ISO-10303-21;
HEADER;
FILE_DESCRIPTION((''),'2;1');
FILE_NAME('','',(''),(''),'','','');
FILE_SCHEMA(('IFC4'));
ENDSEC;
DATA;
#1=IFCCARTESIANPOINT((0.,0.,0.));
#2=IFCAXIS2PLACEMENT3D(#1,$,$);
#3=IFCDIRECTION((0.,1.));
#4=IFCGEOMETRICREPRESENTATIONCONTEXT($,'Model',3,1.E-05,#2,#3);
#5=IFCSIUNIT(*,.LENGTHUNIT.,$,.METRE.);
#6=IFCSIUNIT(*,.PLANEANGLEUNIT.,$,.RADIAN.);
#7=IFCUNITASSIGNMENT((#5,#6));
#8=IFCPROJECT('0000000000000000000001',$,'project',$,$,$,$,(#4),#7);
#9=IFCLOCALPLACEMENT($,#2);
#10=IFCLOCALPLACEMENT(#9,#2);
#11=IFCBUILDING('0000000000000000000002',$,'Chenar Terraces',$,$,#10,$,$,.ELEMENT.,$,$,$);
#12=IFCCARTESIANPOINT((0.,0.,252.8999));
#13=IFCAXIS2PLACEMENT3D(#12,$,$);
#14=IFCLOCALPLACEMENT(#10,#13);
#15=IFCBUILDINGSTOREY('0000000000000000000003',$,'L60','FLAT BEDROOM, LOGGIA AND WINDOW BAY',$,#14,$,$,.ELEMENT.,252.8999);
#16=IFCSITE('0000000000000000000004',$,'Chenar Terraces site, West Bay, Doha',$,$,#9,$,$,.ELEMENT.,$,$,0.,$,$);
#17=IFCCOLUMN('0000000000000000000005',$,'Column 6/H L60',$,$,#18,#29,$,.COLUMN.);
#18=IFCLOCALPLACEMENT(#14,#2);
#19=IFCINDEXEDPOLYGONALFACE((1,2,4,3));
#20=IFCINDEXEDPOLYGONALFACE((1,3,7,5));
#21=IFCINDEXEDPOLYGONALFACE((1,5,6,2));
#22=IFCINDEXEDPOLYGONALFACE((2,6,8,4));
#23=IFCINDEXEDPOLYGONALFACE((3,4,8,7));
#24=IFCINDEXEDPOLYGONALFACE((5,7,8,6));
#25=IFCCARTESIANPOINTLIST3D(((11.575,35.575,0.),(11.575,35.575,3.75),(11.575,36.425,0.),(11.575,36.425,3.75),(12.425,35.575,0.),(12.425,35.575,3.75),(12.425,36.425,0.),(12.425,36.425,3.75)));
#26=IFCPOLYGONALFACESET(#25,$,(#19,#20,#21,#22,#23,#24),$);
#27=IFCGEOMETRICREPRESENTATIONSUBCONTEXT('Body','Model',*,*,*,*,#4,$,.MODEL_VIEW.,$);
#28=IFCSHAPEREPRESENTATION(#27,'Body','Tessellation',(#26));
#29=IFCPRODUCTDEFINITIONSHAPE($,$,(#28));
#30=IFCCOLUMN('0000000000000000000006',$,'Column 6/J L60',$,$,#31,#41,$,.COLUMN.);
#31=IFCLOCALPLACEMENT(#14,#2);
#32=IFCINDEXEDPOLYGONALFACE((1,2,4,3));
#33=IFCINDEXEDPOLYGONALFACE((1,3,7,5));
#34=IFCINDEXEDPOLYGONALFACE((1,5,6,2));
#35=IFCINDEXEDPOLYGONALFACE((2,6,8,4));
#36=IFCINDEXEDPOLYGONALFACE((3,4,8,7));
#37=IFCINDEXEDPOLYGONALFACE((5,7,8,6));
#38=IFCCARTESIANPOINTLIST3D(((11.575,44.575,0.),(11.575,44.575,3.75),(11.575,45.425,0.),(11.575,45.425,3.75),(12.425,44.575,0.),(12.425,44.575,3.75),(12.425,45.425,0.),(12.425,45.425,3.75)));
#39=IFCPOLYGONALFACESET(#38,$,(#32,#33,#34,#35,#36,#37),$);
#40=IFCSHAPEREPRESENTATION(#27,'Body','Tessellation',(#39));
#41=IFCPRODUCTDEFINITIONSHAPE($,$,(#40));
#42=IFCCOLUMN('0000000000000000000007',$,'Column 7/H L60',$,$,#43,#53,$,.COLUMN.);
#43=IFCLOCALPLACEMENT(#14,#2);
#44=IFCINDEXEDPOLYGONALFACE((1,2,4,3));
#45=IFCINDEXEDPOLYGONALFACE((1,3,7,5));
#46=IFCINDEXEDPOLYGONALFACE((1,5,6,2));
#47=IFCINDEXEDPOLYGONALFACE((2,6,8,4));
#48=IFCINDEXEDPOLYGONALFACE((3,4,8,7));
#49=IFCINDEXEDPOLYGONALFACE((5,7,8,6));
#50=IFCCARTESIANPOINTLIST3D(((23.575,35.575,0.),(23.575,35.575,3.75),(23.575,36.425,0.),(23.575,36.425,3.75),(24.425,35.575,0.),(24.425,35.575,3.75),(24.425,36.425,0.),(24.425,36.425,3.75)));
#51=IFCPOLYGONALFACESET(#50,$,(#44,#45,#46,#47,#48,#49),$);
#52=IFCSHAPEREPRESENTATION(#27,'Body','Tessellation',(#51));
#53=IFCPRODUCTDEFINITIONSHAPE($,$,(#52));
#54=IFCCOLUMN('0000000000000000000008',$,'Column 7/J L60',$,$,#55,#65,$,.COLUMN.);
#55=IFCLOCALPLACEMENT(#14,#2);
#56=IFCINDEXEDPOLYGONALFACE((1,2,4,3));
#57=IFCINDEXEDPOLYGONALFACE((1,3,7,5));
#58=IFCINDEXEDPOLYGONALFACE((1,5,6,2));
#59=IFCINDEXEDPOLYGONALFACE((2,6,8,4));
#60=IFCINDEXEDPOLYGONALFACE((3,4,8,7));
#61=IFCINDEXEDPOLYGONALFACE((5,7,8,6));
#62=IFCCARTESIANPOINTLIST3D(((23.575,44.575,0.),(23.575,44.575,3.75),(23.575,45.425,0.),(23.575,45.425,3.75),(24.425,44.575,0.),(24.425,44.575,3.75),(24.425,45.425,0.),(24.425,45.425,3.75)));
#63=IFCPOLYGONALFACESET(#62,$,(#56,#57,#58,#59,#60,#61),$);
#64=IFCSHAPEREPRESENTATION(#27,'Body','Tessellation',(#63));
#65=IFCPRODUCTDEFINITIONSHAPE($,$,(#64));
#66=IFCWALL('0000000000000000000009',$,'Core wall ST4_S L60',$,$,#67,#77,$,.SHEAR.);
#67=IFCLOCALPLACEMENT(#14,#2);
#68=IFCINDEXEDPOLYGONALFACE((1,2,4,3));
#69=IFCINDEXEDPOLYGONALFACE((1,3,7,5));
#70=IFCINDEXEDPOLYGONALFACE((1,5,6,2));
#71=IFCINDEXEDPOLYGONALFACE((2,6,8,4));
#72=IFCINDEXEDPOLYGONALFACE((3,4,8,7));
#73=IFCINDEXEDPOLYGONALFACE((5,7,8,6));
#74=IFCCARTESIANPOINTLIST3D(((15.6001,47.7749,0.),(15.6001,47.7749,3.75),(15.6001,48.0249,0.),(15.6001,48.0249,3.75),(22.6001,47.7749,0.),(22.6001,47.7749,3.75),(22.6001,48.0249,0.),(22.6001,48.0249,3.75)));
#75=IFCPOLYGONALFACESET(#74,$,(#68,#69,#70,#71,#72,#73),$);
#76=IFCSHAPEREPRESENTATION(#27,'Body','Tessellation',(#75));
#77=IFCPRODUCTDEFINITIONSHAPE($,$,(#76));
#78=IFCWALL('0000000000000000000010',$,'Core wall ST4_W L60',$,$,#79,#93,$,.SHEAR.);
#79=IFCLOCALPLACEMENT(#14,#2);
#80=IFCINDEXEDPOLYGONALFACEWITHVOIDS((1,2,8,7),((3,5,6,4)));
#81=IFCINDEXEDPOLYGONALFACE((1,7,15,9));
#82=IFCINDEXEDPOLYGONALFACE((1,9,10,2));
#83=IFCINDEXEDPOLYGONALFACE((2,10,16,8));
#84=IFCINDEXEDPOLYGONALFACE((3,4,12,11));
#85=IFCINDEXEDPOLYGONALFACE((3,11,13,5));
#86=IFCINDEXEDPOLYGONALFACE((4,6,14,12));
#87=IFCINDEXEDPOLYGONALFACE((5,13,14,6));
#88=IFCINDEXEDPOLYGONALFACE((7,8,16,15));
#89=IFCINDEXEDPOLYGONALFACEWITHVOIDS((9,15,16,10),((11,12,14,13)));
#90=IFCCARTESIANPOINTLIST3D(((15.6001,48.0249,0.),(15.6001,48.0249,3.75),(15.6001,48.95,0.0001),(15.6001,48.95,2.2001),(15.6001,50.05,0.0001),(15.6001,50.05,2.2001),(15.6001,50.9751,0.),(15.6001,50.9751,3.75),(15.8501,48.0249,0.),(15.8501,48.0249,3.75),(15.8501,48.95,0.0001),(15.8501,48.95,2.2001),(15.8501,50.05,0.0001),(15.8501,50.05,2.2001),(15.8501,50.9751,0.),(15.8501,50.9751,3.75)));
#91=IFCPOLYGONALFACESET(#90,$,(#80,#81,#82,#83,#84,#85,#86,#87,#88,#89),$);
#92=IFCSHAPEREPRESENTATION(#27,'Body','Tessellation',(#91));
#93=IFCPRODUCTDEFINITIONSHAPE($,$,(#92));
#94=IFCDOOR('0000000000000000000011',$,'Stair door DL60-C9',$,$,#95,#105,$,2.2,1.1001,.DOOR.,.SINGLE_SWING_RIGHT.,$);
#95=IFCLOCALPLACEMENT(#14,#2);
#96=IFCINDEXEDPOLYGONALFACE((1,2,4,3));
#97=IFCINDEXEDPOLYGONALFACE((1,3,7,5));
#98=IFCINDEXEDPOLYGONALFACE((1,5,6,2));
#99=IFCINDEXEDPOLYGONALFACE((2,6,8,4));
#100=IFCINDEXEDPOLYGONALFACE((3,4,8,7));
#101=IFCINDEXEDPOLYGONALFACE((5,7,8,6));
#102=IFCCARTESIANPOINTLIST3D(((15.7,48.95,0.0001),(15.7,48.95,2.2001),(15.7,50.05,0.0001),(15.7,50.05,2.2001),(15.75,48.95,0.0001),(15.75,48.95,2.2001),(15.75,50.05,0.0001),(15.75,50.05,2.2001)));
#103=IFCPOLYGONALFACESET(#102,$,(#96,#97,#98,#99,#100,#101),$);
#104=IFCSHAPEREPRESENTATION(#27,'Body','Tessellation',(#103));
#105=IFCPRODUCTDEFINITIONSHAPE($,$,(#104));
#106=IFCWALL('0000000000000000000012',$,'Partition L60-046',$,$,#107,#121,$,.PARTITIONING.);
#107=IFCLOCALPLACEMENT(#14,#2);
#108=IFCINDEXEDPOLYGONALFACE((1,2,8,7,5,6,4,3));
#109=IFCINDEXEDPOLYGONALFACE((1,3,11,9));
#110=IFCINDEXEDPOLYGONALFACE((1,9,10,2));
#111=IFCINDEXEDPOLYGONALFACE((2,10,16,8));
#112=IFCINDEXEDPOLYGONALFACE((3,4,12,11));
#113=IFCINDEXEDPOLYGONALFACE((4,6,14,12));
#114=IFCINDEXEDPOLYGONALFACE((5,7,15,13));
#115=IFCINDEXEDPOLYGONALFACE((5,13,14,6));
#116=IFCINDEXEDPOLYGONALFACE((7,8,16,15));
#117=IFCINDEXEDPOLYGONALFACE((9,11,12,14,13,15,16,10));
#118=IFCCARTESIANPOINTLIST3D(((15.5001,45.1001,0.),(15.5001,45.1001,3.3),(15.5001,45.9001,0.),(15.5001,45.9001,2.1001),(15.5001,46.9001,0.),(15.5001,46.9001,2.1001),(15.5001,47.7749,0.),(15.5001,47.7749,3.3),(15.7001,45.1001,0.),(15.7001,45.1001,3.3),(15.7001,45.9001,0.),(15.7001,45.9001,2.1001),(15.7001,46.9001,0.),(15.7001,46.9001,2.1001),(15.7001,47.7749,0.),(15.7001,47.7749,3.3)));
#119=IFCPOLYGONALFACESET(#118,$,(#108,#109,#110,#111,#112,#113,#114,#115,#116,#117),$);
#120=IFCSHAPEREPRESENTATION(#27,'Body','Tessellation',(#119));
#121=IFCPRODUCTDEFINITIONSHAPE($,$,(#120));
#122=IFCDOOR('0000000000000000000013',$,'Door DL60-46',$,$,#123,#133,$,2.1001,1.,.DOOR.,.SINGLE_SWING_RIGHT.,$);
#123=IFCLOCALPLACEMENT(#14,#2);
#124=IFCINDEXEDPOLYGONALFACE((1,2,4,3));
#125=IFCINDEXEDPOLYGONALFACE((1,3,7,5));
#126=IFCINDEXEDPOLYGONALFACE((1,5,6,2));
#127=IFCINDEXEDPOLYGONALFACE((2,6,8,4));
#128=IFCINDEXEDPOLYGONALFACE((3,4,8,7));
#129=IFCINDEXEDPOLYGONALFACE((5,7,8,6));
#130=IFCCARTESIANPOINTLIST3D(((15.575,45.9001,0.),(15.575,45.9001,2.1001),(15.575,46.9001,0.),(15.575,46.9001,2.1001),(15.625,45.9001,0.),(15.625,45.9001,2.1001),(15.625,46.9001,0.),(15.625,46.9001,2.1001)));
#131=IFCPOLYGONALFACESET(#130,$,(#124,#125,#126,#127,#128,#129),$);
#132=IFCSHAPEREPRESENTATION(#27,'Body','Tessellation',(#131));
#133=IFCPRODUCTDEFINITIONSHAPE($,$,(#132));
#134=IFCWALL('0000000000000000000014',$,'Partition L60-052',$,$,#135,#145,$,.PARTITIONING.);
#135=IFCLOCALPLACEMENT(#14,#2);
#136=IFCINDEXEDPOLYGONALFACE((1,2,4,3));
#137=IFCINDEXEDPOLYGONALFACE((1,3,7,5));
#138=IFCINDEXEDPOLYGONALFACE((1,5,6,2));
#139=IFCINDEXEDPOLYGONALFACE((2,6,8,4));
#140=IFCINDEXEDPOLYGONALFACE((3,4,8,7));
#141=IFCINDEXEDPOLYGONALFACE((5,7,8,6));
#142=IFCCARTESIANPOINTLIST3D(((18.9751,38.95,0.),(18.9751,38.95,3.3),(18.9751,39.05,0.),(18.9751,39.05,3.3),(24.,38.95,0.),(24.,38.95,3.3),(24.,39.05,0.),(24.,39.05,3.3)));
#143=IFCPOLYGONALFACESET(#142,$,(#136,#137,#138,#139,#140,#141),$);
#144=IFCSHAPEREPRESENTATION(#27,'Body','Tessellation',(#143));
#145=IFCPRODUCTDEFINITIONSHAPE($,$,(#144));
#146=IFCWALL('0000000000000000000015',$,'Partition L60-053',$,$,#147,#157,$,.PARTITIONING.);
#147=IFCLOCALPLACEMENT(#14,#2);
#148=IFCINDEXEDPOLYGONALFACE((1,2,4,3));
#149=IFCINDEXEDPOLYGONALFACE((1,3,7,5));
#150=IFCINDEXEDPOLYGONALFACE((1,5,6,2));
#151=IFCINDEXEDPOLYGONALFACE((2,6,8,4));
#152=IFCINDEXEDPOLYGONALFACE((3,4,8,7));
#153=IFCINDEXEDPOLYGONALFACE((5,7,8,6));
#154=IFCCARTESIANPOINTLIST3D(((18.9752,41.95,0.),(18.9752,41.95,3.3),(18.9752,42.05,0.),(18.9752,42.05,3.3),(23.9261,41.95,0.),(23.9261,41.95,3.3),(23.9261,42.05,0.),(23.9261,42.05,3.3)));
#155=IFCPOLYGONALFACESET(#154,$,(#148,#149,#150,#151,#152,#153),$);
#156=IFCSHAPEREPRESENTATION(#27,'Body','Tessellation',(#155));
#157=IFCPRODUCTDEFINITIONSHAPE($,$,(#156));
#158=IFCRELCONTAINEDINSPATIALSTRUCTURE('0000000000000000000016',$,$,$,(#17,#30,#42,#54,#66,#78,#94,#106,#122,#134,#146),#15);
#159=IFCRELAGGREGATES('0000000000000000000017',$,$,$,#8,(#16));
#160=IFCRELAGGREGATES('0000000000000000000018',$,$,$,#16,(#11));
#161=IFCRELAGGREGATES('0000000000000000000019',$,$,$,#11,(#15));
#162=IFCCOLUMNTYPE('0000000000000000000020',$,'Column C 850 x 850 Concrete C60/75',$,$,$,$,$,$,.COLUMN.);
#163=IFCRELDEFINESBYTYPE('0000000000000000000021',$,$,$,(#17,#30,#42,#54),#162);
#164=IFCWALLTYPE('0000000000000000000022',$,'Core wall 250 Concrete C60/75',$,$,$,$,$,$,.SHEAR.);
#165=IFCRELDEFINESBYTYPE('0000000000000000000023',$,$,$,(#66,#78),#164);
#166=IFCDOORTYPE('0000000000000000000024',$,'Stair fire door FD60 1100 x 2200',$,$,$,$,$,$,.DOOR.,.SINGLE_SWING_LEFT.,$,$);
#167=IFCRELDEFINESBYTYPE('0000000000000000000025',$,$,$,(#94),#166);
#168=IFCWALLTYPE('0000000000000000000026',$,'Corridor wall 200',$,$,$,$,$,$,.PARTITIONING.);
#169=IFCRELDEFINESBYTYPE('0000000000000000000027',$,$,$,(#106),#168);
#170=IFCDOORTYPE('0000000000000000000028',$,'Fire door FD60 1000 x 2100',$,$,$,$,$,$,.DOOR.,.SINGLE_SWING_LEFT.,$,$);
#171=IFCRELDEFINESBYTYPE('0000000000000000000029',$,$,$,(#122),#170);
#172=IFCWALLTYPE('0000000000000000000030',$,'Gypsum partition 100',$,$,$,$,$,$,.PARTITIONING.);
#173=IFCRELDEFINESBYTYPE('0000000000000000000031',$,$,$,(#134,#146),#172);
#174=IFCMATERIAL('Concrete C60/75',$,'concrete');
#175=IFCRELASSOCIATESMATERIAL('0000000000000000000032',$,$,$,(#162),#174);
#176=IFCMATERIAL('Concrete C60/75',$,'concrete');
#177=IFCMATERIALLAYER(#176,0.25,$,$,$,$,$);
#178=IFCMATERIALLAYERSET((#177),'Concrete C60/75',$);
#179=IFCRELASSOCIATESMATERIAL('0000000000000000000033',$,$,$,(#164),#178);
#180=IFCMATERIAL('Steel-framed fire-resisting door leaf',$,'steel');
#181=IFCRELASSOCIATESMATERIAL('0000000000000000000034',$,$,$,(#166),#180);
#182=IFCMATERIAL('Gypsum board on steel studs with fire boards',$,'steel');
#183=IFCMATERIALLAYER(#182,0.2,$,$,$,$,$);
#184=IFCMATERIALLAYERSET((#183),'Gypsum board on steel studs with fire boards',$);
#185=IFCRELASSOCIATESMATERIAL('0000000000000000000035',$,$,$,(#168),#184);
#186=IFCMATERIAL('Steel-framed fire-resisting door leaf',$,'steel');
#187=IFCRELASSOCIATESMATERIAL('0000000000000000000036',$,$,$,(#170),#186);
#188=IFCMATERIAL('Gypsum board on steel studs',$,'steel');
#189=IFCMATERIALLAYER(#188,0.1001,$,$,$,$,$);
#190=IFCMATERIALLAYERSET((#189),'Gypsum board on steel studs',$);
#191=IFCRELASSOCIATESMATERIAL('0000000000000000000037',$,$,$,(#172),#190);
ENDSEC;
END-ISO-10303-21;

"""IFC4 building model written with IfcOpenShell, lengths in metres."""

from ifc_helpers import new_model, si_unit, direction, frame, frame_2d, origin, origin_2d, place, context, subcontext, project, spatial, rectangle, extrude, material, layer, layer_set, material_profile, profile_set, type_object, element, fill, save


model = new_model("IFC4")

# Units and contexts
model_context = context("Model", 3, precision=1e-05, world=origin(), true_north=direction((0.0, 1.0)))
body_context = subcontext(model_context, "Body", "Model", "MODEL_VIEW")
ifc_project = project(units=[si_unit("LENGTHUNIT", "METRE"), si_unit("PLANEANGLEUNIT", "RADIAN")], contexts=[model_context])

# Site, building, storey
site_placement = place(None, origin())
site = spatial("IfcSite", under=ifc_project, at=site_placement, Name="Chenar Terraces site, West Bay, Doha", CompositionType="ELEMENT", RefElevation=0.0)
building_placement = place(site_placement, origin())
building = spatial("IfcBuilding", under=site, at=building_placement, Name="Chenar Terraces", CompositionType="ELEMENT")
storey_placement = place(building_placement, frame((0.0, 0.0, 252.8999)))
storey = spatial("IfcBuildingStorey", under=building, at=storey_placement, Name="L60", Description="FLAT BEDROOM, LOGGIA AND WINDOW BAY", CompositionType="ELEMENT", Elevation=252.8999)

# Columns
ifc_material_1 = material(Name="Concrete C60/75", Category="concrete")
ifc_material_profile = material_profile(ifc_material_1, rectangle(XDim=0.8501, YDim=0.8501, at=origin_2d()), Name="C 850 x 850")
ifc_profile_set = profile_set([ifc_material_profile], Name="Concrete C60/75")
column_type = type_object("IfcColumnType", Name="Column C 850 x 850 Concrete C60/75", PredefinedType="COLUMN", material=ifc_profile_set)
for number, where, z_axis, x_axis, name in (
    (1, (12.0, 36.0, 0.0), (0.0, 0.0, 1.0), (1.0, 0.0, 0.0), "Column 6/H L60"),
    (2, (12.0, 45.0, 0.0), (0.0, 0.0, 1.0), (1.0, 0.0, 0.0), "Column 6/J L60"),
    (3, (24.0, 36.0, 0.0), (0.0, 0.0, 1.0), (1.0, 0.0, 0.0), "Column 7/H L60"),
    (4, (24.0, 45.0, 0.0), (0.0, 0.0, 1.0), (1.0, 0.0, 0.0), "Column 7/J L60"),
):
    element("IfcColumn", number, at=place(storey_placement, frame(where, z_axis=z_axis, x_axis=x_axis)), inside=storey, type_object=column_type, Name=name, PredefinedType="COLUMN", context=body_context, shape_type="SweptSolid", body=[
        extrude(rectangle(XDim=0.8501, YDim=0.8501, at=origin_2d()), origin(), (0.0, 0.0, 1.0), 3.75),
    ])

# Wall
ifc_material_2 = material(Name="Concrete C60/75", Category="concrete")
ifc_layer_1 = layer(ifc_material_2, 0.25)
ifc_layer_set_1 = layer_set([ifc_layer_1], Name="Concrete C60/75")
wall_type_1 = type_object("IfcWallType", Name="Core wall 250 Concrete C60/75", PredefinedType="SHEAR", material=ifc_layer_set_1)
wall_1_placement = place(storey_placement, frame((15.6001, 47.8999, 0.0), z_axis=(0.0, 0.0, 1.0), x_axis=(1.0, 0.0, 0.0)))
element("IfcWall", 5, at=wall_1_placement, inside=storey, type_object=wall_type_1, Name="Core wall ST4_S L60", PredefinedType="SHEAR", context=body_context, shape_type="SweptSolid", body=[
    extrude(rectangle(XDim=7.0, YDim=0.25, at=frame_2d((3.5, 0.0))), origin(), (0.0, 0.0, 1.0), 3.75),
])

# Walls, openings, doors
wall_2_placement = place(storey_placement, frame((15.7251, 48.0249, 0.0), z_axis=(0.0, 0.0, 1.0), x_axis=(0.0, 1.0, 0.0)))
wall_2 = element("IfcWall", 6, at=wall_2_placement, inside=storey, type_object=wall_type_1, Name="Core wall ST4_W L60", PredefinedType="SHEAR", context=body_context, shape_type="SweptSolid", body=[
    extrude(rectangle(XDim=2.9502, YDim=0.25, at=frame_2d((1.4751, 0.0))), origin(), (0.0, 0.0, 1.0), 3.75),
])
opening_1_placement = place(wall_2_placement, frame((0.925, 0.0, 0.0)))
opening_1 = element("IfcOpeningElement", 7, at=opening_1_placement, cuts=wall_2, PredefinedType="OPENING", context=body_context, shape_type="SweptSolid", body=[
    extrude(rectangle(XDim=1.1001, YDim=2.2, at=frame_2d((0.55, 1.1001))), frame((0.0, 0.135, 0.0), z_axis=(0.0, -1.0, 0.0), x_axis=(1.0, 0.0, 0.0)), (0.0, 0.0, 1.0), 0.27),
])
ifc_material_3 = material(Name="Steel-framed fire-resisting door leaf", Category="steel")
door_type_1 = type_object("IfcDoorType", Name="Stair fire door FD60 1100 x 2200", OperationType="SINGLE_SWING_LEFT", PredefinedType="DOOR", material=ifc_material_3)
door_1_placement = place(opening_1_placement, frame((1.1001, 0.0, 0.0), z_axis=(0.0, 0.0, 1.0), x_axis=(-1.0, 0.0, 0.0)))
door_1 = element("IfcDoor", 8, at=door_1_placement, inside=storey, type_object=door_type_1, Name="Stair door DL60-C9", OperationType="SINGLE_SWING_RIGHT", OverallHeight=2.2, OverallWidth=1.1001, PredefinedType="DOOR", context=body_context, shape_type="SweptSolid", body=[
    extrude(rectangle(XDim=1.1001, YDim=2.2, at=frame_2d((0.55, 1.1001))), frame((0.0, 0.0249, 0.0), z_axis=(0.0, -1.0, 0.0), x_axis=(1.0, 0.0, 0.0)), (0.0, 0.0, 1.0), 0.05),
])
fill(opening_1, door_1)
ifc_material_4 = material(Name="Gypsum board on steel studs with fire boards", Category="steel")
ifc_layer_2 = layer(ifc_material_4, 0.2)
ifc_layer_set_2 = layer_set([ifc_layer_2], Name="Gypsum board on steel studs with fire boards")
wall_type_2 = type_object("IfcWallType", Name="Corridor wall 200", PredefinedType="PARTITIONING", material=ifc_layer_set_2)
wall_3_placement = place(storey_placement, frame((15.6001, 45.1001, 0.0), z_axis=(0.0, 0.0, 1.0), x_axis=(0.0, 1.0, 0.0)))
wall_3 = element("IfcWall", 9, at=wall_3_placement, inside=storey, type_object=wall_type_2, Name="Partition L60-046", PredefinedType="PARTITIONING", context=body_context, shape_type="SweptSolid", body=[
    extrude(rectangle(XDim=2.6748, YDim=0.2, at=frame_2d((1.3374, 0.0))), origin(), (0.0, 0.0, 1.0), 3.3),
])
opening_2_placement = place(wall_3_placement, frame((0.8, 0.0, 0.0)))
opening_2 = element("IfcOpeningElement", 10, at=opening_2_placement, cuts=wall_3, PredefinedType="OPENING", context=body_context, shape_type="SweptSolid", body=[
    extrude(rectangle(XDim=1.0, YDim=2.1001, at=frame_2d((0.5, 1.05))), frame((0.0, 0.1099, 0.0), z_axis=(0.0, -1.0, 0.0), x_axis=(1.0, 0.0, 0.0)), (0.0, 0.0, 1.0), 0.22),
])
ifc_material_5 = material(Name="Steel-framed fire-resisting door leaf", Category="steel")
door_type_2 = type_object("IfcDoorType", Name="Fire door FD60 1000 x 2100", OperationType="SINGLE_SWING_LEFT", PredefinedType="DOOR", material=ifc_material_5)
door_2_placement = place(opening_2_placement, frame((1.0, 0.0, 0.0), z_axis=(0.0, 0.0, 1.0), x_axis=(-1.0, 0.0, 0.0)))
door_2 = element("IfcDoor", 11, at=door_2_placement, inside=storey, type_object=door_type_2, Name="Door DL60-46", OperationType="SINGLE_SWING_RIGHT", OverallHeight=2.1001, OverallWidth=1.0, PredefinedType="DOOR", context=body_context, shape_type="SweptSolid", body=[
    extrude(rectangle(XDim=1.0, YDim=2.1001, at=frame_2d((0.5, 1.05))), frame((0.0, 0.0249, 0.0), z_axis=(0.0, -1.0, 0.0), x_axis=(1.0, 0.0, 0.0)), (0.0, 0.0, 1.0), 0.05),
])
fill(opening_2, door_2)

# Walls
ifc_material_6 = material(Name="Gypsum board on steel studs", Category="steel")
ifc_layer_3 = layer(ifc_material_6, 0.1001)
ifc_layer_set_3 = layer_set([ifc_layer_3], Name="Gypsum board on steel studs")
wall_type_3 = type_object("IfcWallType", Name="Gypsum partition 100", PredefinedType="PARTITIONING", material=ifc_layer_set_3)
wall_4_placement = place(storey_placement, frame((18.9751, 39.0, 0.0), z_axis=(0.0, 0.0, 1.0), x_axis=(1.0, 0.0, 0.0)))
element("IfcWall", 12, at=wall_4_placement, inside=storey, type_object=wall_type_3, Name="Partition L60-052", PredefinedType="PARTITIONING", context=body_context, shape_type="SweptSolid", body=[
    extrude(rectangle(XDim=5.0249, YDim=0.1001, at=frame_2d((2.5125, 0.0))), origin(), (0.0, 0.0, 1.0), 3.3),
])
wall_5_placement = place(storey_placement, frame((18.9751, 42.0, 0.0), z_axis=(0.0, 0.0, 1.0), x_axis=(1.0, 0.0, 0.0)))
element("IfcWall", 13, at=wall_5_placement, inside=storey, type_object=wall_type_3, Name="Partition L60-053", PredefinedType="PARTITIONING", context=body_context, shape_type="SweptSolid", body=[
    extrude(rectangle(XDim=4.9509, YDim=0.1001, at=frame_2d((2.4756, 0.0))), origin(), (0.0, 0.0, 1.0), 3.3),
])

save(model, "model.ifc")
